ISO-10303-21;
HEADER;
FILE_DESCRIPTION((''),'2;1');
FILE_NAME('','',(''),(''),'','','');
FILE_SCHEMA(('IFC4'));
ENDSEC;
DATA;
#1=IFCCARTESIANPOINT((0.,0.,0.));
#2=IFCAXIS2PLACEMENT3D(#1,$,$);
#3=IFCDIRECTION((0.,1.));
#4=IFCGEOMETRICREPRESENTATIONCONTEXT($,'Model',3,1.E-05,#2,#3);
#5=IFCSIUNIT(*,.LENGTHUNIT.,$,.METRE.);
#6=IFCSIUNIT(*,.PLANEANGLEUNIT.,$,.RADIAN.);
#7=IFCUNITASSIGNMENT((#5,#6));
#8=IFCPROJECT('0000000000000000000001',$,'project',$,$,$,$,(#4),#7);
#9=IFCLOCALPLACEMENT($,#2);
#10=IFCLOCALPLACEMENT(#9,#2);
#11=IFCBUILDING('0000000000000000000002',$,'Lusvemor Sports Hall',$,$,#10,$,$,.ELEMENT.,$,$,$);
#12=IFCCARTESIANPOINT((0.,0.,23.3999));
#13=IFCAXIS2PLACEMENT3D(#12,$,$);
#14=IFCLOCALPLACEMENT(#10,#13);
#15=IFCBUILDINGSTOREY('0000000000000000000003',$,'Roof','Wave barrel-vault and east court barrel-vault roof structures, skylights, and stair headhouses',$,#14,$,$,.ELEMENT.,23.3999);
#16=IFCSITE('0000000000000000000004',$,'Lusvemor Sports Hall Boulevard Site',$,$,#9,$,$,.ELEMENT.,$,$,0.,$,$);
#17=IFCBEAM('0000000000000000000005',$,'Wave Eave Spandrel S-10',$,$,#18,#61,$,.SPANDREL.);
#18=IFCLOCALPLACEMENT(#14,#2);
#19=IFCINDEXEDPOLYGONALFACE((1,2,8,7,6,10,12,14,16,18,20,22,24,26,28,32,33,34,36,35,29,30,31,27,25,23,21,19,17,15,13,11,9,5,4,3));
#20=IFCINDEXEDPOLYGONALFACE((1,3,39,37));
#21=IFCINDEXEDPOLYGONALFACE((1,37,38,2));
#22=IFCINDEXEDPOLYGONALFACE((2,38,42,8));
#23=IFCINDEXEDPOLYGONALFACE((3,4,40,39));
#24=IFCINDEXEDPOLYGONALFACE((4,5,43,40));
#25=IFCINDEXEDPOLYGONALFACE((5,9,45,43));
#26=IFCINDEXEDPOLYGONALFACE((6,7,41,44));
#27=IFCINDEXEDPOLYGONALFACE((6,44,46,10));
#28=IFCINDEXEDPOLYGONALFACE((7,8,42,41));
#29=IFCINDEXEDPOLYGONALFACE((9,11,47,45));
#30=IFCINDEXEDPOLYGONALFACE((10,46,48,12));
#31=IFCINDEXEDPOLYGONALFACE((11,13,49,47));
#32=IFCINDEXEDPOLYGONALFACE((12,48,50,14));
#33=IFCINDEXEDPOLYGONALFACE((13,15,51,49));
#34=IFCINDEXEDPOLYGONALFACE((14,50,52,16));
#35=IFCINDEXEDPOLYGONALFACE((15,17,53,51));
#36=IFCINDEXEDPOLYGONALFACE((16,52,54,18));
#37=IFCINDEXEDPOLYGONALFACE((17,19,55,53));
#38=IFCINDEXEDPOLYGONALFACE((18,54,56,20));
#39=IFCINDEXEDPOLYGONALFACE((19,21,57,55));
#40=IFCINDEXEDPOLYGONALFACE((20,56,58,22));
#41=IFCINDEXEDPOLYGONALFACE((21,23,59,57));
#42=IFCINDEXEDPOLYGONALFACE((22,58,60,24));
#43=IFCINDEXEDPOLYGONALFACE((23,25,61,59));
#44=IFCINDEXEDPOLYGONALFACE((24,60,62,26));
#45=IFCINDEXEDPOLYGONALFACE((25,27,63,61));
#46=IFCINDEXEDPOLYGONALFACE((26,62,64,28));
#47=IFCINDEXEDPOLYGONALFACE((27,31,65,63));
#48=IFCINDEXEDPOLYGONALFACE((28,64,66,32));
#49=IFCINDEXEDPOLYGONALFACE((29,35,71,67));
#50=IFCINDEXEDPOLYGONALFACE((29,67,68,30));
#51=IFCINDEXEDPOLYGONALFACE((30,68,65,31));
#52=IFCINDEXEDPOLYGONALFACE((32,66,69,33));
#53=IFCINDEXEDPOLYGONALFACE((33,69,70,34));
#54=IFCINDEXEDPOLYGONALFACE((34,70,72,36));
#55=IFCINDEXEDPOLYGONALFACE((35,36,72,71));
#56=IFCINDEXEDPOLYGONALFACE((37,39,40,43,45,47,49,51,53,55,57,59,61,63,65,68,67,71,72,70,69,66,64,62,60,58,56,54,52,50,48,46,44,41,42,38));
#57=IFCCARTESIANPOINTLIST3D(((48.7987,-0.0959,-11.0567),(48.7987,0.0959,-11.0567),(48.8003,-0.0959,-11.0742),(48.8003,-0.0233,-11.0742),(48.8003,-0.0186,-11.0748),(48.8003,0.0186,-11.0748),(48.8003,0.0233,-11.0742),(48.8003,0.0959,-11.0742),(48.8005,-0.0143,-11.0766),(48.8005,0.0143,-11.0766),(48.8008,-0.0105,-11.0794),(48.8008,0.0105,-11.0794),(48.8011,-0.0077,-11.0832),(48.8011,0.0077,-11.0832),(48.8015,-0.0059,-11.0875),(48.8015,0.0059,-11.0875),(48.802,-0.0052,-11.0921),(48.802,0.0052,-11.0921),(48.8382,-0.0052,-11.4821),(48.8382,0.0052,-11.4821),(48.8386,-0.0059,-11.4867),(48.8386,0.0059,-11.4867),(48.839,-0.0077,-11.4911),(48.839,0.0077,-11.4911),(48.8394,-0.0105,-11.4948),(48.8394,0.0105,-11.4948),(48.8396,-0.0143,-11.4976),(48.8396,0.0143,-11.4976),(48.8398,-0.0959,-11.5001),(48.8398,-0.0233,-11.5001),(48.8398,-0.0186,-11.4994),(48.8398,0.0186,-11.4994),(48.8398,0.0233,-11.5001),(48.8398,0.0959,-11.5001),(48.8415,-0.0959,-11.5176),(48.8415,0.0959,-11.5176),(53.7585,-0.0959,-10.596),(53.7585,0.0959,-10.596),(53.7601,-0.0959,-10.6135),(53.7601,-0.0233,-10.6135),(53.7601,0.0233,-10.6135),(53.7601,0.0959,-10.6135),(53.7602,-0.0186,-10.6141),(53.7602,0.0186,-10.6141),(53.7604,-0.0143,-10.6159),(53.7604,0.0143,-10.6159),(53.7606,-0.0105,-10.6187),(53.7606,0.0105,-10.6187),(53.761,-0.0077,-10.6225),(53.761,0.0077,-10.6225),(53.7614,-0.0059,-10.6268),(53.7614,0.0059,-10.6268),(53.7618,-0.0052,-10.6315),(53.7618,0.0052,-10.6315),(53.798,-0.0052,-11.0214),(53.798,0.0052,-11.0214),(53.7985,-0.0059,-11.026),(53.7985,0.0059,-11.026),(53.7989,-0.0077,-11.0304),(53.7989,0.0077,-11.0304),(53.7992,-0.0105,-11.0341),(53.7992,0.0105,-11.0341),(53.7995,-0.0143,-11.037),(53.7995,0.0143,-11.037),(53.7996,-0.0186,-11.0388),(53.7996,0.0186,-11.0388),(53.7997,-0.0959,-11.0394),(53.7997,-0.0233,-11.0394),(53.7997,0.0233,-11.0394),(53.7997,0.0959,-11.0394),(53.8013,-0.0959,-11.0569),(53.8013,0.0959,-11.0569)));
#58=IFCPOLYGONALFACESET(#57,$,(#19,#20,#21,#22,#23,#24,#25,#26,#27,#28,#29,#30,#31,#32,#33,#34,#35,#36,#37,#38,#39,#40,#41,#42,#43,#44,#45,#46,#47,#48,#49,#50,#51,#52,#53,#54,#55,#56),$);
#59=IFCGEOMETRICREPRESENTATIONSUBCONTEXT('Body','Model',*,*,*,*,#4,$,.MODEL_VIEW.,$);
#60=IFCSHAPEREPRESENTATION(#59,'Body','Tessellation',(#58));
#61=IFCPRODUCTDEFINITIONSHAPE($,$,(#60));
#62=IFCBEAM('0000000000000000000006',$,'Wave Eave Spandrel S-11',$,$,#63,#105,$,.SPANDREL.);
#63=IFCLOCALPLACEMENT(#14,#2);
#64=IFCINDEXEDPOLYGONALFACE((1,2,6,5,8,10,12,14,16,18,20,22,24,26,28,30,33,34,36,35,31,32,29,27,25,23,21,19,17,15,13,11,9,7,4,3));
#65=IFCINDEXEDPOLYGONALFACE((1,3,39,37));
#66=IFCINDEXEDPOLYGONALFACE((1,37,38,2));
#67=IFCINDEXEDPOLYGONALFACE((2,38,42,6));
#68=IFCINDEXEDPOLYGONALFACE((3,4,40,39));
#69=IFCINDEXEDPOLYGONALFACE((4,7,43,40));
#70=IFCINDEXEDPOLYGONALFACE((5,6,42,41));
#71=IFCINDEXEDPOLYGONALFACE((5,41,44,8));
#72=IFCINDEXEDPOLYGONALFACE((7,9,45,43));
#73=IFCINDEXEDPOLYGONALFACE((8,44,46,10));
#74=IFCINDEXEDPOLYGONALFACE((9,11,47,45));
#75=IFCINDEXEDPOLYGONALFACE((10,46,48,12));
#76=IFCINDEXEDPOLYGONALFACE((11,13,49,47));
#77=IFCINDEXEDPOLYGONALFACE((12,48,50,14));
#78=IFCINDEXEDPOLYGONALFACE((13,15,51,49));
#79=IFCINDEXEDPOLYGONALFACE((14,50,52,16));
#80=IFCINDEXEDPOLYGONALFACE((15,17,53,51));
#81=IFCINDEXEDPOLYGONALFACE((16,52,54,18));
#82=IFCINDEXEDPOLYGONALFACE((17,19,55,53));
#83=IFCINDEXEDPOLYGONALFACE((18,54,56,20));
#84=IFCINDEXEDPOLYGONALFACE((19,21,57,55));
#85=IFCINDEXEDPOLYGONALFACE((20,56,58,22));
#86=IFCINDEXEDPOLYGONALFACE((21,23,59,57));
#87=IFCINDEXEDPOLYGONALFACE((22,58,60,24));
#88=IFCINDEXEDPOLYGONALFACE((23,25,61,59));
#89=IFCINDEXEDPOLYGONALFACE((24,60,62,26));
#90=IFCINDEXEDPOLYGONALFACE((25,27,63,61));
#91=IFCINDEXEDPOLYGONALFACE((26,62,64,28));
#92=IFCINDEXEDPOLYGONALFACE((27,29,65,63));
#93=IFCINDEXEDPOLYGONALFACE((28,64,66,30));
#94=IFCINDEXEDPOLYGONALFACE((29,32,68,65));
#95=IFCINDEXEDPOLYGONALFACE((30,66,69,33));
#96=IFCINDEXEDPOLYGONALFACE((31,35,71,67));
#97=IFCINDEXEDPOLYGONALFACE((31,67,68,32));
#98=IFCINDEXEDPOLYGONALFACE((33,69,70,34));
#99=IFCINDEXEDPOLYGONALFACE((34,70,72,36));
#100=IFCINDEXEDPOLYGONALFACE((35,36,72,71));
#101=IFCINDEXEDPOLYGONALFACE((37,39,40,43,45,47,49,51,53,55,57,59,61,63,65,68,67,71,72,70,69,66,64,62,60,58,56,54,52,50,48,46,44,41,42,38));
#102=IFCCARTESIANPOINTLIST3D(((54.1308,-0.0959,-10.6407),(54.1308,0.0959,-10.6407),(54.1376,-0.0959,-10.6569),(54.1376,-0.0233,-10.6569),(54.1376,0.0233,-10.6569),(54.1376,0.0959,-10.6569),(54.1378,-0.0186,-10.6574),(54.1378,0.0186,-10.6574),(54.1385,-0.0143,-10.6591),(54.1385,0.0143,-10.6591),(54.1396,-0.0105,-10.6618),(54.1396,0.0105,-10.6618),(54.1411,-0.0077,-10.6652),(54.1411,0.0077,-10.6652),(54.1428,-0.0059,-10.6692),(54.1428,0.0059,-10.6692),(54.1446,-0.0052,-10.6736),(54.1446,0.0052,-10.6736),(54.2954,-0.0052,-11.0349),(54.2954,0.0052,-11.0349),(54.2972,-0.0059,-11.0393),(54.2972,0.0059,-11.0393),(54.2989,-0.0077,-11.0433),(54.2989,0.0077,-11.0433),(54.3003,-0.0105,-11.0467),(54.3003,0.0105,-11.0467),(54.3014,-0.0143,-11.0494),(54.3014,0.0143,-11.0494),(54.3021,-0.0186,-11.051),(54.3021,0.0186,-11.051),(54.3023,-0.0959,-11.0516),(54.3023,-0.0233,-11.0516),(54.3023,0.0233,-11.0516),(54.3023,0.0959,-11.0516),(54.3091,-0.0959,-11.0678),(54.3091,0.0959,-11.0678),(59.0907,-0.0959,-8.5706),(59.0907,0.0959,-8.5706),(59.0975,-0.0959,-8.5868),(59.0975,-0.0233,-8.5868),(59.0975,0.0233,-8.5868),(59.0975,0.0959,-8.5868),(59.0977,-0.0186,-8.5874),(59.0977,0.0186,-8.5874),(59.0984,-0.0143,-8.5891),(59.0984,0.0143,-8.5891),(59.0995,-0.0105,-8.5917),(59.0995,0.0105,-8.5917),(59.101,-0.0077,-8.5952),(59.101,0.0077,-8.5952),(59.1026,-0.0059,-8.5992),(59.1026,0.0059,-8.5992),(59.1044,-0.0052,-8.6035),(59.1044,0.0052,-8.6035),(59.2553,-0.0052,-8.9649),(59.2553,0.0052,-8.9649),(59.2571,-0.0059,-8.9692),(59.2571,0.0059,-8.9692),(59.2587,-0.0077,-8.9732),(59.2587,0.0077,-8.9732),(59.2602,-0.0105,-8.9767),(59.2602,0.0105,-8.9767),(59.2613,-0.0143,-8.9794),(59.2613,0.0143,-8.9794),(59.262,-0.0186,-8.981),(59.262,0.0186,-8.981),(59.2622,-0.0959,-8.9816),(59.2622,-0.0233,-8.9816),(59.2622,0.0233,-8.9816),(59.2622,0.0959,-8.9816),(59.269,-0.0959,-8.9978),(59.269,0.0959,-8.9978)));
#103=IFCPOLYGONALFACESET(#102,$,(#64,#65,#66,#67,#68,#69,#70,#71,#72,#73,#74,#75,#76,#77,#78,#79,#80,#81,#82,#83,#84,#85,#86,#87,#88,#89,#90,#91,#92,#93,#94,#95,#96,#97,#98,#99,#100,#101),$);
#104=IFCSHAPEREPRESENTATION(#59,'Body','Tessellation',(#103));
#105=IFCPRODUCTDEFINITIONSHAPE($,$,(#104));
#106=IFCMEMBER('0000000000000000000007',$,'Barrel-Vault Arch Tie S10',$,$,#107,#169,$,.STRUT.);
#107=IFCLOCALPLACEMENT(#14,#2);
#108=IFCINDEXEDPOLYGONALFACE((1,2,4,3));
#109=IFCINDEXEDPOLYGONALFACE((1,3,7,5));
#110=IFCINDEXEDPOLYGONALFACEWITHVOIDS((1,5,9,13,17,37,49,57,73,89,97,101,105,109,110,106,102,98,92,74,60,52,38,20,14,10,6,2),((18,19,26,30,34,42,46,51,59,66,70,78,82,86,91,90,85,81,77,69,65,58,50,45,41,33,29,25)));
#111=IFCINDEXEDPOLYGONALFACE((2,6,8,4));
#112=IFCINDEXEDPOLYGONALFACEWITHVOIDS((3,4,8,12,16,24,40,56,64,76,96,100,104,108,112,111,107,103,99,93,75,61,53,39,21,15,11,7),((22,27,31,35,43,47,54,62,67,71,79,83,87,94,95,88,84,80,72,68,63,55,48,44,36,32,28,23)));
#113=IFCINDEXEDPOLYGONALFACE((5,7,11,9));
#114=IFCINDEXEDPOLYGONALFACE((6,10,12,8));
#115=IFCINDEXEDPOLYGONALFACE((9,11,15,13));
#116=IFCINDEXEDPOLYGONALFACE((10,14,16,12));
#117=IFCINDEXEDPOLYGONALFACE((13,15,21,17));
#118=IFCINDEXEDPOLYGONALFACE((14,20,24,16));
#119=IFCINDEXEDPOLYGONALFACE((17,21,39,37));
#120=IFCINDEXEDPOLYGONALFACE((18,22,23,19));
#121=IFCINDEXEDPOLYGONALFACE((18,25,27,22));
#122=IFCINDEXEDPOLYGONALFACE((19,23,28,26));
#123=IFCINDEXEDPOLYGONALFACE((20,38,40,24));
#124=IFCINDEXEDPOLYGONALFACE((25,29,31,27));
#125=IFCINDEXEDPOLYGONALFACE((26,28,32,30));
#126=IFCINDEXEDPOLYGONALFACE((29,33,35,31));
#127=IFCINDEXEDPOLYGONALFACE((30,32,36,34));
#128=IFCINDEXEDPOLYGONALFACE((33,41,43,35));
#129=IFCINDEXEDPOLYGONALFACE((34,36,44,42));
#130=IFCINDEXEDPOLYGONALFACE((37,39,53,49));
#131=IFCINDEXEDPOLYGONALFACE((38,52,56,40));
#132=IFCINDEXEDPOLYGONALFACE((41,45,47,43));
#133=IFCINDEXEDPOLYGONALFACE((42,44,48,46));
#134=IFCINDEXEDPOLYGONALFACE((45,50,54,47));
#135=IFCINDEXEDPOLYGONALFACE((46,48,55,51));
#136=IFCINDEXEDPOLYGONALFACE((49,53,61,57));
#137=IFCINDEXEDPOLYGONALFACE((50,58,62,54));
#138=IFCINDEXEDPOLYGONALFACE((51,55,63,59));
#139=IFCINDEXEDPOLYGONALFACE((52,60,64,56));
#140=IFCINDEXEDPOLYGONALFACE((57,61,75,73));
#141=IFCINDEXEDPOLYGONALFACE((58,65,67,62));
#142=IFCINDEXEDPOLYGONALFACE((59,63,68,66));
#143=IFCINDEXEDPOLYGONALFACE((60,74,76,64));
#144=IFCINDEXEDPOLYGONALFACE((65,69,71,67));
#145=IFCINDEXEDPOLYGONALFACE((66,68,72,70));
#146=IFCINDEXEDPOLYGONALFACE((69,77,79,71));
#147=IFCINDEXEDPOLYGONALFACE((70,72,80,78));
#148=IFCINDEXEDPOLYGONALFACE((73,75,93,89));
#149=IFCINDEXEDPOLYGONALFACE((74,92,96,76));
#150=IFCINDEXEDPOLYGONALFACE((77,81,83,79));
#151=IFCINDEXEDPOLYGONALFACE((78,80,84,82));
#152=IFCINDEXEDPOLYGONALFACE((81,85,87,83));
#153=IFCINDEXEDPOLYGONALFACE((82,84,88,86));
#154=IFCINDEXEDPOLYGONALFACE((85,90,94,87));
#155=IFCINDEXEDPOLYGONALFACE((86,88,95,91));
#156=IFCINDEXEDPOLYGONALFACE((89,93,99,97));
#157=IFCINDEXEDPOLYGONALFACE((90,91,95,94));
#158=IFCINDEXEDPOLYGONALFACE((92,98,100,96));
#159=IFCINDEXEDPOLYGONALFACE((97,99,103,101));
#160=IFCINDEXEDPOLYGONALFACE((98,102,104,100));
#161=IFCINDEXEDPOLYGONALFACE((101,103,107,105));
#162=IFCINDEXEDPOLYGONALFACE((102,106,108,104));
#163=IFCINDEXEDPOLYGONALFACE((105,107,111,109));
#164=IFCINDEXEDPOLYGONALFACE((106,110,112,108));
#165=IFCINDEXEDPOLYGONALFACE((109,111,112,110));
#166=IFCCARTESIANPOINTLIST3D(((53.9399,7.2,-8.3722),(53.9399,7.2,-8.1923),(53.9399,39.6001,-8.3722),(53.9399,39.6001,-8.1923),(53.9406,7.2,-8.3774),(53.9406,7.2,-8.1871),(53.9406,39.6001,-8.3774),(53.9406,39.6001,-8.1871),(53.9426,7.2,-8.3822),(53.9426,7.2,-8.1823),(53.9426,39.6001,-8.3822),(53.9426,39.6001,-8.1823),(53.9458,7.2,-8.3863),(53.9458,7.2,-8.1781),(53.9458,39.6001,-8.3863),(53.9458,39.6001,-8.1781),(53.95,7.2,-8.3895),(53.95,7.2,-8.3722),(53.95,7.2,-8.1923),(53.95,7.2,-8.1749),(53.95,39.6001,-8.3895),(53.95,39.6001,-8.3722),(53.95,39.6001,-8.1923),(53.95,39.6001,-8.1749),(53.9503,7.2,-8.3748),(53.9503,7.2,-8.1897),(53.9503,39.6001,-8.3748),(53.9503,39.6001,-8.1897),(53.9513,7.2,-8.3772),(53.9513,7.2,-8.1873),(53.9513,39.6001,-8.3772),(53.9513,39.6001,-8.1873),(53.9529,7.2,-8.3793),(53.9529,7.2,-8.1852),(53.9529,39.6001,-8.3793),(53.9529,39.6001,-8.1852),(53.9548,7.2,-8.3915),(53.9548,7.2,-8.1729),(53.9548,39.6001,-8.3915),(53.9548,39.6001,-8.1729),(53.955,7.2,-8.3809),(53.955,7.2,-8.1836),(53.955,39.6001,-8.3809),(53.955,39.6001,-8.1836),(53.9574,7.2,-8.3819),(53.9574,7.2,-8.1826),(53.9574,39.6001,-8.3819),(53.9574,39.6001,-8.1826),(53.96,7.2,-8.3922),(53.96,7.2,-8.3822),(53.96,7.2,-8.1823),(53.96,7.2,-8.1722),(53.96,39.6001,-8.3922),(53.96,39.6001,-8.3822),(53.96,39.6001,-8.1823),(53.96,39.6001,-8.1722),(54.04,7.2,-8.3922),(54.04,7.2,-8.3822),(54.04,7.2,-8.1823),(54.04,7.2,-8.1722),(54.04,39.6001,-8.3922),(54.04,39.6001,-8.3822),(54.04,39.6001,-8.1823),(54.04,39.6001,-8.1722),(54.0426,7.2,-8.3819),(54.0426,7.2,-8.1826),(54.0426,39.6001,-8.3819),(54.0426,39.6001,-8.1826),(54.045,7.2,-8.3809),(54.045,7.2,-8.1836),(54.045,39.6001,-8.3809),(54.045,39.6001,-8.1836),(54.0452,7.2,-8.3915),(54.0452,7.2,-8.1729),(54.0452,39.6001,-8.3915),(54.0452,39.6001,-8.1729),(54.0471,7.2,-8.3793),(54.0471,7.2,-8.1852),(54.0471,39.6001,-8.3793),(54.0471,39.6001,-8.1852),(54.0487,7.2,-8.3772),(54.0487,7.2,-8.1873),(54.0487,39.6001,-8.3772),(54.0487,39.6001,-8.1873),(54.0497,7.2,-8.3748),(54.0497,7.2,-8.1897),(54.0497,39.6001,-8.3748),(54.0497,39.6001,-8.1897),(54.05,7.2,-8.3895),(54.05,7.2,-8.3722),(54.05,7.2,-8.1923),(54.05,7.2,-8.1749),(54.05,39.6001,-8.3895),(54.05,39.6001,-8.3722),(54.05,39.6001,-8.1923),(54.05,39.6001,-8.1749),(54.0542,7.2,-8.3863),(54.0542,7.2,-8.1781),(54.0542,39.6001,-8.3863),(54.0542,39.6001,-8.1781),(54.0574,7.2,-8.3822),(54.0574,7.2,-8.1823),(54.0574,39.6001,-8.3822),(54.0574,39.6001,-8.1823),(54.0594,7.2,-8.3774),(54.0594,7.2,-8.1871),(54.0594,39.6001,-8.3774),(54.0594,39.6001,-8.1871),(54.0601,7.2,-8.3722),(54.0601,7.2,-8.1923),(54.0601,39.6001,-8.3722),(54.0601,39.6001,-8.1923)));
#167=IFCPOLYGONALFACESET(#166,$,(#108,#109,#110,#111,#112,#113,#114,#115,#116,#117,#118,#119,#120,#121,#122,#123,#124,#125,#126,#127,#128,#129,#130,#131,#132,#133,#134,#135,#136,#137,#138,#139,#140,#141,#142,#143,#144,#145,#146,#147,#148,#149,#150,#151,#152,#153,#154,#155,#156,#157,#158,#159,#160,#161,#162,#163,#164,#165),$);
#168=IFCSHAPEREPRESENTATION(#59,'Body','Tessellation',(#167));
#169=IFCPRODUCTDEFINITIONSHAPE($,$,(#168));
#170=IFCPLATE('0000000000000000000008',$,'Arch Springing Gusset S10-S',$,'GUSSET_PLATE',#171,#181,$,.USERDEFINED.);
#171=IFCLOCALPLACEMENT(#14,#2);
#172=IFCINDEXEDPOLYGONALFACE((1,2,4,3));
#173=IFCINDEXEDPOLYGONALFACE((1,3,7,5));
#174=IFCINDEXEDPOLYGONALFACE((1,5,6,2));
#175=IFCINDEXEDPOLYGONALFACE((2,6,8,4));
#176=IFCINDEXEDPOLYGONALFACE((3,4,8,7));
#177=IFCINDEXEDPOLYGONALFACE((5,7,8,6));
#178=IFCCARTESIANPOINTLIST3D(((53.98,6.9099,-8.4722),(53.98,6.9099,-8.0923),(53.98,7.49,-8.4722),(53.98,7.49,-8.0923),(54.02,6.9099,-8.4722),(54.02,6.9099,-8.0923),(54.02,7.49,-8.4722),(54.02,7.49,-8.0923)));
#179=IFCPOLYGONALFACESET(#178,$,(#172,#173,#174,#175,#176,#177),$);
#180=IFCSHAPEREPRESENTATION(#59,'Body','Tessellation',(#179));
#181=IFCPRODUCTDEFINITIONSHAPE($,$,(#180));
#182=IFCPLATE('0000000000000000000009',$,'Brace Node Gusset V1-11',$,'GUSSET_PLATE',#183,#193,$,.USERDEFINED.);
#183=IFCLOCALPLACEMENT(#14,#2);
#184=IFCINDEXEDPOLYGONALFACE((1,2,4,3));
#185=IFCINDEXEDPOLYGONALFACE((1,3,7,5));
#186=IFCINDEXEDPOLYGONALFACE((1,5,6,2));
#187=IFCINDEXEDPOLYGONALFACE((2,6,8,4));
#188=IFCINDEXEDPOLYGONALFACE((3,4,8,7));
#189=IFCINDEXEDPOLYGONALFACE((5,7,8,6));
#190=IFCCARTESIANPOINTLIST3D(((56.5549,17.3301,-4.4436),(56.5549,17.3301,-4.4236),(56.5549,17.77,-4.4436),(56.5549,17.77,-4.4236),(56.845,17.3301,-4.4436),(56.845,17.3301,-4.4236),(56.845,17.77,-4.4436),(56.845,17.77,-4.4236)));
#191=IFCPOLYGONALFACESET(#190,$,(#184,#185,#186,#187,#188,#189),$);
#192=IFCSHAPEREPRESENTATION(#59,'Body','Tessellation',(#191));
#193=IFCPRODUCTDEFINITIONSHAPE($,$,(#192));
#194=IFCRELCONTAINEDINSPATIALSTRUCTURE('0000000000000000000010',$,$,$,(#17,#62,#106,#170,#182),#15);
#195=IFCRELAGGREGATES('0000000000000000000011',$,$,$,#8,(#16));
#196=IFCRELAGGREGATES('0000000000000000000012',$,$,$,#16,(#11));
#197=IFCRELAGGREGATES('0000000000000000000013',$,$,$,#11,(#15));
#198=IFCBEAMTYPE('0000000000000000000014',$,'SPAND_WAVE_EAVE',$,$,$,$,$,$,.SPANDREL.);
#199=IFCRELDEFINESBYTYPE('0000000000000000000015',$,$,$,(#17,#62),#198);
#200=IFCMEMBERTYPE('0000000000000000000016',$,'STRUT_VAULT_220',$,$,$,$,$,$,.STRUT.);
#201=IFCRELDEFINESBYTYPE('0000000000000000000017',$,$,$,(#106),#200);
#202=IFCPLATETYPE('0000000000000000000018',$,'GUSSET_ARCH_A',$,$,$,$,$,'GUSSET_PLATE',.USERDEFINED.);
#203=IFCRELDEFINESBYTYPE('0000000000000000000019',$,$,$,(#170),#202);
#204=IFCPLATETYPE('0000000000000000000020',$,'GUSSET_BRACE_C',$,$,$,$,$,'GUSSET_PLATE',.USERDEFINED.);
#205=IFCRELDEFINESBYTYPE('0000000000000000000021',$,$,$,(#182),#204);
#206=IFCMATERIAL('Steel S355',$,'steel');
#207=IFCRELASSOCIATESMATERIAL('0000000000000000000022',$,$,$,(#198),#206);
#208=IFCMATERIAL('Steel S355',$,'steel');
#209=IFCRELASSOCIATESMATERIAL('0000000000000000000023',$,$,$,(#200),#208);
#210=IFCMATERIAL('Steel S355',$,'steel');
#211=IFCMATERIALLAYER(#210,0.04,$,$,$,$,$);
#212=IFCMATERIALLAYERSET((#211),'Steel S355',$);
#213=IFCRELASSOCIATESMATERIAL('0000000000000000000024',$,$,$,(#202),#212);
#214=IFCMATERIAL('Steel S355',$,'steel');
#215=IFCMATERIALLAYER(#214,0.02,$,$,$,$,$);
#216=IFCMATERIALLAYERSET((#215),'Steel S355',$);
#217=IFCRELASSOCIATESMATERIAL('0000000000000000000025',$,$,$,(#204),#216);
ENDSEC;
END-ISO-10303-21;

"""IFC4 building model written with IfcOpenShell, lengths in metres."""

from ifc_helpers import new_model, si_unit, direction, frame, origin, origin_2d, place, context, subcontext, project, spatial, rectangle, hollow_rectangle, i_section, extrude, material, layer, layer_set, material_profile, profile_set, type_object, element, save


model = new_model("IFC4")

# Units and contexts
model_context = context("Model", 3, precision=1e-05, world=origin(), true_north=direction((0.0, 1.0)))
body_context = subcontext(model_context, "Body", "Model", "MODEL_VIEW")
ifc_project = project(units=[si_unit("LENGTHUNIT", "METRE"), si_unit("PLANEANGLEUNIT", "RADIAN")], contexts=[model_context])

# Site, building, storey
site_placement = place(None, origin())
site = spatial("IfcSite", under=ifc_project, at=site_placement, Name="Lusvemor Sports Hall Boulevard Site", CompositionType="ELEMENT", RefElevation=0.0)
building_placement = place(site_placement, origin())
building = spatial("IfcBuilding", under=site, at=building_placement, Name="Lusvemor Sports Hall", CompositionType="ELEMENT")
storey_placement = place(building_placement, frame((0.0, 0.0, 23.3999)))
storey = spatial("IfcBuildingStorey", under=building, at=storey_placement, Name="Roof", Description="Wave barrel-vault and east court barrel-vault roof structures, skylights, and stair headhouses", CompositionType="ELEMENT", Elevation=23.3999)

# Beams
ifc_material_1 = material(Name="Steel S355", Category="steel")
ifc_material_profile_1 = material_profile(ifc_material_1, i_section(OverallWidth=0.1919, OverallDepth=0.4629, WebThickness=0.0105, FlangeThickness=0.0176, FilletRadius=0.0181, at=origin_2d()), Name="W460x89.0")
ifc_profile_set_1 = profile_set([ifc_material_profile_1], Name="Steel S355")
beam_type_1 = type_object("IfcBeamType", Name="SPAND_WAVE_EAVE", PredefinedType="SPANDREL", material=ifc_profile_set_1)
beam_1_placement = place(storey_placement, frame((48.8201, 0.0, -11.2871), z_axis=(0.995714, 0.0, 0.092484), x_axis=(0.0, 1.0, 0.0)))
element("IfcBeam", 1, at=beam_1_placement, inside=storey, type_object=beam_type_1, Name="Wave Eave Spandrel S-10", PredefinedType="SPANDREL", context=body_context, shape_type="SweptSolid", body=[
    extrude(i_section(OverallWidth=0.1919, OverallDepth=0.4629, WebThickness=0.0105, FlangeThickness=0.0176, FilletRadius=0.0181, at=origin_2d()), origin(), (0.0, 0.0, 1.0), 4.9812),
])
beam_2_placement = place(storey_placement, frame((54.22, 0.0, -10.8542), z_axis=(0.922851, 0.0, 0.385157), x_axis=(0.0, 1.0, 0.0)))
element("IfcBeam", 2, at=beam_2_placement, inside=storey, type_object=beam_type_1, Name="Wave Eave Spandrel S-11", PredefinedType="SPANDREL", context=body_context, shape_type="SweptSolid", body=[
    extrude(i_section(OverallWidth=0.1919, OverallDepth=0.4629, WebThickness=0.0105, FlangeThickness=0.0176, FilletRadius=0.0181, at=origin_2d()), origin(), (0.0, 0.0, 1.0), 5.3745),
])

# Member
ifc_material_2 = material(Name="Steel S355", Category="steel")
ifc_material_profile_2 = material_profile(ifc_material_2, hollow_rectangle(XDim=0.1201, YDim=0.22, WallThickness=0.01, InnerFilletRadius=0.01, OuterFilletRadius=0.02, at=origin_2d()), Name="RHS220x120x10")
ifc_profile_set_2 = profile_set([ifc_material_profile_2], Name="Steel S355")
member_type_1 = type_object("IfcMemberType", Name="STRUT_VAULT_220", PredefinedType="STRUT", material=ifc_profile_set_2)
member_1_placement = place(storey_placement, frame((54.0, 7.2, -8.2822), z_axis=(0.0, 1.0, 0.0), x_axis=(-1.0, 0.0, 0.0)))
element("IfcMember", 3, at=member_1_placement, inside=storey, type_object=member_type_1, Name="Barrel-Vault Arch Tie S10", PredefinedType="STRUT", context=body_context, shape_type="SweptSolid", body=[
    extrude(hollow_rectangle(XDim=0.1201, YDim=0.22, WallThickness=0.01, InnerFilletRadius=0.01, OuterFilletRadius=0.02, at=origin_2d()), origin(), (0.0, 0.0, 1.0), 32.4001),
])

# Plates
ifc_material_3 = material(Name="Steel S355", Category="steel")
ifc_layer_1 = layer(ifc_material_3, 0.04)
ifc_layer_set_1 = layer_set([ifc_layer_1], Name="Steel S355")
plate_type_1 = type_object("IfcPlateType", Name="GUSSET_ARCH_A", ElementType="GUSSET_PLATE", PredefinedType="USERDEFINED", material=ifc_layer_set_1)
plate_1_placement = place(storey_placement, frame((54.0, 7.2, -8.4722), z_axis=(0.0, 0.0, 1.0), x_axis=(1.0, 0.0, 0.0)))
element("IfcPlate", 4, at=plate_1_placement, inside=storey, type_object=plate_type_1, Name="Arch Springing Gusset S10-S", ObjectType="GUSSET_PLATE", PredefinedType="USERDEFINED", context=body_context, shape_type="SweptSolid", body=[
    extrude(rectangle(XDim=0.04, YDim=0.5801, at=origin_2d()), origin(), (0.0, 0.0, 1.0), 0.3799),
])
ifc_material_4 = material(Name="Steel S355", Category="steel")
ifc_layer_2 = layer(ifc_material_4, 0.02)
ifc_layer_set_2 = layer_set([ifc_layer_2], Name="Steel S355")
plate_type_2 = type_object("IfcPlateType", Name="GUSSET_BRACE_C", ElementType="GUSSET_PLATE", PredefinedType="USERDEFINED", material=ifc_layer_set_2)
plate_2_placement = place(storey_placement, frame((56.7, 17.55, -4.4436), z_axis=(0.0, 0.0, 1.0), x_axis=(1.0, 0.0, 0.0)))
element("IfcPlate", 5, at=plate_2_placement, inside=storey, type_object=plate_type_2, Name="Brace Node Gusset V1-11", ObjectType="GUSSET_PLATE", PredefinedType="USERDEFINED", context=body_context, shape_type="SweptSolid", body=[
    extrude(rectangle(XDim=0.29, YDim=0.4399, at=origin_2d()), origin(), (0.0, 0.0, 1.0), 0.02),
])

save(model, "model.ifc")
